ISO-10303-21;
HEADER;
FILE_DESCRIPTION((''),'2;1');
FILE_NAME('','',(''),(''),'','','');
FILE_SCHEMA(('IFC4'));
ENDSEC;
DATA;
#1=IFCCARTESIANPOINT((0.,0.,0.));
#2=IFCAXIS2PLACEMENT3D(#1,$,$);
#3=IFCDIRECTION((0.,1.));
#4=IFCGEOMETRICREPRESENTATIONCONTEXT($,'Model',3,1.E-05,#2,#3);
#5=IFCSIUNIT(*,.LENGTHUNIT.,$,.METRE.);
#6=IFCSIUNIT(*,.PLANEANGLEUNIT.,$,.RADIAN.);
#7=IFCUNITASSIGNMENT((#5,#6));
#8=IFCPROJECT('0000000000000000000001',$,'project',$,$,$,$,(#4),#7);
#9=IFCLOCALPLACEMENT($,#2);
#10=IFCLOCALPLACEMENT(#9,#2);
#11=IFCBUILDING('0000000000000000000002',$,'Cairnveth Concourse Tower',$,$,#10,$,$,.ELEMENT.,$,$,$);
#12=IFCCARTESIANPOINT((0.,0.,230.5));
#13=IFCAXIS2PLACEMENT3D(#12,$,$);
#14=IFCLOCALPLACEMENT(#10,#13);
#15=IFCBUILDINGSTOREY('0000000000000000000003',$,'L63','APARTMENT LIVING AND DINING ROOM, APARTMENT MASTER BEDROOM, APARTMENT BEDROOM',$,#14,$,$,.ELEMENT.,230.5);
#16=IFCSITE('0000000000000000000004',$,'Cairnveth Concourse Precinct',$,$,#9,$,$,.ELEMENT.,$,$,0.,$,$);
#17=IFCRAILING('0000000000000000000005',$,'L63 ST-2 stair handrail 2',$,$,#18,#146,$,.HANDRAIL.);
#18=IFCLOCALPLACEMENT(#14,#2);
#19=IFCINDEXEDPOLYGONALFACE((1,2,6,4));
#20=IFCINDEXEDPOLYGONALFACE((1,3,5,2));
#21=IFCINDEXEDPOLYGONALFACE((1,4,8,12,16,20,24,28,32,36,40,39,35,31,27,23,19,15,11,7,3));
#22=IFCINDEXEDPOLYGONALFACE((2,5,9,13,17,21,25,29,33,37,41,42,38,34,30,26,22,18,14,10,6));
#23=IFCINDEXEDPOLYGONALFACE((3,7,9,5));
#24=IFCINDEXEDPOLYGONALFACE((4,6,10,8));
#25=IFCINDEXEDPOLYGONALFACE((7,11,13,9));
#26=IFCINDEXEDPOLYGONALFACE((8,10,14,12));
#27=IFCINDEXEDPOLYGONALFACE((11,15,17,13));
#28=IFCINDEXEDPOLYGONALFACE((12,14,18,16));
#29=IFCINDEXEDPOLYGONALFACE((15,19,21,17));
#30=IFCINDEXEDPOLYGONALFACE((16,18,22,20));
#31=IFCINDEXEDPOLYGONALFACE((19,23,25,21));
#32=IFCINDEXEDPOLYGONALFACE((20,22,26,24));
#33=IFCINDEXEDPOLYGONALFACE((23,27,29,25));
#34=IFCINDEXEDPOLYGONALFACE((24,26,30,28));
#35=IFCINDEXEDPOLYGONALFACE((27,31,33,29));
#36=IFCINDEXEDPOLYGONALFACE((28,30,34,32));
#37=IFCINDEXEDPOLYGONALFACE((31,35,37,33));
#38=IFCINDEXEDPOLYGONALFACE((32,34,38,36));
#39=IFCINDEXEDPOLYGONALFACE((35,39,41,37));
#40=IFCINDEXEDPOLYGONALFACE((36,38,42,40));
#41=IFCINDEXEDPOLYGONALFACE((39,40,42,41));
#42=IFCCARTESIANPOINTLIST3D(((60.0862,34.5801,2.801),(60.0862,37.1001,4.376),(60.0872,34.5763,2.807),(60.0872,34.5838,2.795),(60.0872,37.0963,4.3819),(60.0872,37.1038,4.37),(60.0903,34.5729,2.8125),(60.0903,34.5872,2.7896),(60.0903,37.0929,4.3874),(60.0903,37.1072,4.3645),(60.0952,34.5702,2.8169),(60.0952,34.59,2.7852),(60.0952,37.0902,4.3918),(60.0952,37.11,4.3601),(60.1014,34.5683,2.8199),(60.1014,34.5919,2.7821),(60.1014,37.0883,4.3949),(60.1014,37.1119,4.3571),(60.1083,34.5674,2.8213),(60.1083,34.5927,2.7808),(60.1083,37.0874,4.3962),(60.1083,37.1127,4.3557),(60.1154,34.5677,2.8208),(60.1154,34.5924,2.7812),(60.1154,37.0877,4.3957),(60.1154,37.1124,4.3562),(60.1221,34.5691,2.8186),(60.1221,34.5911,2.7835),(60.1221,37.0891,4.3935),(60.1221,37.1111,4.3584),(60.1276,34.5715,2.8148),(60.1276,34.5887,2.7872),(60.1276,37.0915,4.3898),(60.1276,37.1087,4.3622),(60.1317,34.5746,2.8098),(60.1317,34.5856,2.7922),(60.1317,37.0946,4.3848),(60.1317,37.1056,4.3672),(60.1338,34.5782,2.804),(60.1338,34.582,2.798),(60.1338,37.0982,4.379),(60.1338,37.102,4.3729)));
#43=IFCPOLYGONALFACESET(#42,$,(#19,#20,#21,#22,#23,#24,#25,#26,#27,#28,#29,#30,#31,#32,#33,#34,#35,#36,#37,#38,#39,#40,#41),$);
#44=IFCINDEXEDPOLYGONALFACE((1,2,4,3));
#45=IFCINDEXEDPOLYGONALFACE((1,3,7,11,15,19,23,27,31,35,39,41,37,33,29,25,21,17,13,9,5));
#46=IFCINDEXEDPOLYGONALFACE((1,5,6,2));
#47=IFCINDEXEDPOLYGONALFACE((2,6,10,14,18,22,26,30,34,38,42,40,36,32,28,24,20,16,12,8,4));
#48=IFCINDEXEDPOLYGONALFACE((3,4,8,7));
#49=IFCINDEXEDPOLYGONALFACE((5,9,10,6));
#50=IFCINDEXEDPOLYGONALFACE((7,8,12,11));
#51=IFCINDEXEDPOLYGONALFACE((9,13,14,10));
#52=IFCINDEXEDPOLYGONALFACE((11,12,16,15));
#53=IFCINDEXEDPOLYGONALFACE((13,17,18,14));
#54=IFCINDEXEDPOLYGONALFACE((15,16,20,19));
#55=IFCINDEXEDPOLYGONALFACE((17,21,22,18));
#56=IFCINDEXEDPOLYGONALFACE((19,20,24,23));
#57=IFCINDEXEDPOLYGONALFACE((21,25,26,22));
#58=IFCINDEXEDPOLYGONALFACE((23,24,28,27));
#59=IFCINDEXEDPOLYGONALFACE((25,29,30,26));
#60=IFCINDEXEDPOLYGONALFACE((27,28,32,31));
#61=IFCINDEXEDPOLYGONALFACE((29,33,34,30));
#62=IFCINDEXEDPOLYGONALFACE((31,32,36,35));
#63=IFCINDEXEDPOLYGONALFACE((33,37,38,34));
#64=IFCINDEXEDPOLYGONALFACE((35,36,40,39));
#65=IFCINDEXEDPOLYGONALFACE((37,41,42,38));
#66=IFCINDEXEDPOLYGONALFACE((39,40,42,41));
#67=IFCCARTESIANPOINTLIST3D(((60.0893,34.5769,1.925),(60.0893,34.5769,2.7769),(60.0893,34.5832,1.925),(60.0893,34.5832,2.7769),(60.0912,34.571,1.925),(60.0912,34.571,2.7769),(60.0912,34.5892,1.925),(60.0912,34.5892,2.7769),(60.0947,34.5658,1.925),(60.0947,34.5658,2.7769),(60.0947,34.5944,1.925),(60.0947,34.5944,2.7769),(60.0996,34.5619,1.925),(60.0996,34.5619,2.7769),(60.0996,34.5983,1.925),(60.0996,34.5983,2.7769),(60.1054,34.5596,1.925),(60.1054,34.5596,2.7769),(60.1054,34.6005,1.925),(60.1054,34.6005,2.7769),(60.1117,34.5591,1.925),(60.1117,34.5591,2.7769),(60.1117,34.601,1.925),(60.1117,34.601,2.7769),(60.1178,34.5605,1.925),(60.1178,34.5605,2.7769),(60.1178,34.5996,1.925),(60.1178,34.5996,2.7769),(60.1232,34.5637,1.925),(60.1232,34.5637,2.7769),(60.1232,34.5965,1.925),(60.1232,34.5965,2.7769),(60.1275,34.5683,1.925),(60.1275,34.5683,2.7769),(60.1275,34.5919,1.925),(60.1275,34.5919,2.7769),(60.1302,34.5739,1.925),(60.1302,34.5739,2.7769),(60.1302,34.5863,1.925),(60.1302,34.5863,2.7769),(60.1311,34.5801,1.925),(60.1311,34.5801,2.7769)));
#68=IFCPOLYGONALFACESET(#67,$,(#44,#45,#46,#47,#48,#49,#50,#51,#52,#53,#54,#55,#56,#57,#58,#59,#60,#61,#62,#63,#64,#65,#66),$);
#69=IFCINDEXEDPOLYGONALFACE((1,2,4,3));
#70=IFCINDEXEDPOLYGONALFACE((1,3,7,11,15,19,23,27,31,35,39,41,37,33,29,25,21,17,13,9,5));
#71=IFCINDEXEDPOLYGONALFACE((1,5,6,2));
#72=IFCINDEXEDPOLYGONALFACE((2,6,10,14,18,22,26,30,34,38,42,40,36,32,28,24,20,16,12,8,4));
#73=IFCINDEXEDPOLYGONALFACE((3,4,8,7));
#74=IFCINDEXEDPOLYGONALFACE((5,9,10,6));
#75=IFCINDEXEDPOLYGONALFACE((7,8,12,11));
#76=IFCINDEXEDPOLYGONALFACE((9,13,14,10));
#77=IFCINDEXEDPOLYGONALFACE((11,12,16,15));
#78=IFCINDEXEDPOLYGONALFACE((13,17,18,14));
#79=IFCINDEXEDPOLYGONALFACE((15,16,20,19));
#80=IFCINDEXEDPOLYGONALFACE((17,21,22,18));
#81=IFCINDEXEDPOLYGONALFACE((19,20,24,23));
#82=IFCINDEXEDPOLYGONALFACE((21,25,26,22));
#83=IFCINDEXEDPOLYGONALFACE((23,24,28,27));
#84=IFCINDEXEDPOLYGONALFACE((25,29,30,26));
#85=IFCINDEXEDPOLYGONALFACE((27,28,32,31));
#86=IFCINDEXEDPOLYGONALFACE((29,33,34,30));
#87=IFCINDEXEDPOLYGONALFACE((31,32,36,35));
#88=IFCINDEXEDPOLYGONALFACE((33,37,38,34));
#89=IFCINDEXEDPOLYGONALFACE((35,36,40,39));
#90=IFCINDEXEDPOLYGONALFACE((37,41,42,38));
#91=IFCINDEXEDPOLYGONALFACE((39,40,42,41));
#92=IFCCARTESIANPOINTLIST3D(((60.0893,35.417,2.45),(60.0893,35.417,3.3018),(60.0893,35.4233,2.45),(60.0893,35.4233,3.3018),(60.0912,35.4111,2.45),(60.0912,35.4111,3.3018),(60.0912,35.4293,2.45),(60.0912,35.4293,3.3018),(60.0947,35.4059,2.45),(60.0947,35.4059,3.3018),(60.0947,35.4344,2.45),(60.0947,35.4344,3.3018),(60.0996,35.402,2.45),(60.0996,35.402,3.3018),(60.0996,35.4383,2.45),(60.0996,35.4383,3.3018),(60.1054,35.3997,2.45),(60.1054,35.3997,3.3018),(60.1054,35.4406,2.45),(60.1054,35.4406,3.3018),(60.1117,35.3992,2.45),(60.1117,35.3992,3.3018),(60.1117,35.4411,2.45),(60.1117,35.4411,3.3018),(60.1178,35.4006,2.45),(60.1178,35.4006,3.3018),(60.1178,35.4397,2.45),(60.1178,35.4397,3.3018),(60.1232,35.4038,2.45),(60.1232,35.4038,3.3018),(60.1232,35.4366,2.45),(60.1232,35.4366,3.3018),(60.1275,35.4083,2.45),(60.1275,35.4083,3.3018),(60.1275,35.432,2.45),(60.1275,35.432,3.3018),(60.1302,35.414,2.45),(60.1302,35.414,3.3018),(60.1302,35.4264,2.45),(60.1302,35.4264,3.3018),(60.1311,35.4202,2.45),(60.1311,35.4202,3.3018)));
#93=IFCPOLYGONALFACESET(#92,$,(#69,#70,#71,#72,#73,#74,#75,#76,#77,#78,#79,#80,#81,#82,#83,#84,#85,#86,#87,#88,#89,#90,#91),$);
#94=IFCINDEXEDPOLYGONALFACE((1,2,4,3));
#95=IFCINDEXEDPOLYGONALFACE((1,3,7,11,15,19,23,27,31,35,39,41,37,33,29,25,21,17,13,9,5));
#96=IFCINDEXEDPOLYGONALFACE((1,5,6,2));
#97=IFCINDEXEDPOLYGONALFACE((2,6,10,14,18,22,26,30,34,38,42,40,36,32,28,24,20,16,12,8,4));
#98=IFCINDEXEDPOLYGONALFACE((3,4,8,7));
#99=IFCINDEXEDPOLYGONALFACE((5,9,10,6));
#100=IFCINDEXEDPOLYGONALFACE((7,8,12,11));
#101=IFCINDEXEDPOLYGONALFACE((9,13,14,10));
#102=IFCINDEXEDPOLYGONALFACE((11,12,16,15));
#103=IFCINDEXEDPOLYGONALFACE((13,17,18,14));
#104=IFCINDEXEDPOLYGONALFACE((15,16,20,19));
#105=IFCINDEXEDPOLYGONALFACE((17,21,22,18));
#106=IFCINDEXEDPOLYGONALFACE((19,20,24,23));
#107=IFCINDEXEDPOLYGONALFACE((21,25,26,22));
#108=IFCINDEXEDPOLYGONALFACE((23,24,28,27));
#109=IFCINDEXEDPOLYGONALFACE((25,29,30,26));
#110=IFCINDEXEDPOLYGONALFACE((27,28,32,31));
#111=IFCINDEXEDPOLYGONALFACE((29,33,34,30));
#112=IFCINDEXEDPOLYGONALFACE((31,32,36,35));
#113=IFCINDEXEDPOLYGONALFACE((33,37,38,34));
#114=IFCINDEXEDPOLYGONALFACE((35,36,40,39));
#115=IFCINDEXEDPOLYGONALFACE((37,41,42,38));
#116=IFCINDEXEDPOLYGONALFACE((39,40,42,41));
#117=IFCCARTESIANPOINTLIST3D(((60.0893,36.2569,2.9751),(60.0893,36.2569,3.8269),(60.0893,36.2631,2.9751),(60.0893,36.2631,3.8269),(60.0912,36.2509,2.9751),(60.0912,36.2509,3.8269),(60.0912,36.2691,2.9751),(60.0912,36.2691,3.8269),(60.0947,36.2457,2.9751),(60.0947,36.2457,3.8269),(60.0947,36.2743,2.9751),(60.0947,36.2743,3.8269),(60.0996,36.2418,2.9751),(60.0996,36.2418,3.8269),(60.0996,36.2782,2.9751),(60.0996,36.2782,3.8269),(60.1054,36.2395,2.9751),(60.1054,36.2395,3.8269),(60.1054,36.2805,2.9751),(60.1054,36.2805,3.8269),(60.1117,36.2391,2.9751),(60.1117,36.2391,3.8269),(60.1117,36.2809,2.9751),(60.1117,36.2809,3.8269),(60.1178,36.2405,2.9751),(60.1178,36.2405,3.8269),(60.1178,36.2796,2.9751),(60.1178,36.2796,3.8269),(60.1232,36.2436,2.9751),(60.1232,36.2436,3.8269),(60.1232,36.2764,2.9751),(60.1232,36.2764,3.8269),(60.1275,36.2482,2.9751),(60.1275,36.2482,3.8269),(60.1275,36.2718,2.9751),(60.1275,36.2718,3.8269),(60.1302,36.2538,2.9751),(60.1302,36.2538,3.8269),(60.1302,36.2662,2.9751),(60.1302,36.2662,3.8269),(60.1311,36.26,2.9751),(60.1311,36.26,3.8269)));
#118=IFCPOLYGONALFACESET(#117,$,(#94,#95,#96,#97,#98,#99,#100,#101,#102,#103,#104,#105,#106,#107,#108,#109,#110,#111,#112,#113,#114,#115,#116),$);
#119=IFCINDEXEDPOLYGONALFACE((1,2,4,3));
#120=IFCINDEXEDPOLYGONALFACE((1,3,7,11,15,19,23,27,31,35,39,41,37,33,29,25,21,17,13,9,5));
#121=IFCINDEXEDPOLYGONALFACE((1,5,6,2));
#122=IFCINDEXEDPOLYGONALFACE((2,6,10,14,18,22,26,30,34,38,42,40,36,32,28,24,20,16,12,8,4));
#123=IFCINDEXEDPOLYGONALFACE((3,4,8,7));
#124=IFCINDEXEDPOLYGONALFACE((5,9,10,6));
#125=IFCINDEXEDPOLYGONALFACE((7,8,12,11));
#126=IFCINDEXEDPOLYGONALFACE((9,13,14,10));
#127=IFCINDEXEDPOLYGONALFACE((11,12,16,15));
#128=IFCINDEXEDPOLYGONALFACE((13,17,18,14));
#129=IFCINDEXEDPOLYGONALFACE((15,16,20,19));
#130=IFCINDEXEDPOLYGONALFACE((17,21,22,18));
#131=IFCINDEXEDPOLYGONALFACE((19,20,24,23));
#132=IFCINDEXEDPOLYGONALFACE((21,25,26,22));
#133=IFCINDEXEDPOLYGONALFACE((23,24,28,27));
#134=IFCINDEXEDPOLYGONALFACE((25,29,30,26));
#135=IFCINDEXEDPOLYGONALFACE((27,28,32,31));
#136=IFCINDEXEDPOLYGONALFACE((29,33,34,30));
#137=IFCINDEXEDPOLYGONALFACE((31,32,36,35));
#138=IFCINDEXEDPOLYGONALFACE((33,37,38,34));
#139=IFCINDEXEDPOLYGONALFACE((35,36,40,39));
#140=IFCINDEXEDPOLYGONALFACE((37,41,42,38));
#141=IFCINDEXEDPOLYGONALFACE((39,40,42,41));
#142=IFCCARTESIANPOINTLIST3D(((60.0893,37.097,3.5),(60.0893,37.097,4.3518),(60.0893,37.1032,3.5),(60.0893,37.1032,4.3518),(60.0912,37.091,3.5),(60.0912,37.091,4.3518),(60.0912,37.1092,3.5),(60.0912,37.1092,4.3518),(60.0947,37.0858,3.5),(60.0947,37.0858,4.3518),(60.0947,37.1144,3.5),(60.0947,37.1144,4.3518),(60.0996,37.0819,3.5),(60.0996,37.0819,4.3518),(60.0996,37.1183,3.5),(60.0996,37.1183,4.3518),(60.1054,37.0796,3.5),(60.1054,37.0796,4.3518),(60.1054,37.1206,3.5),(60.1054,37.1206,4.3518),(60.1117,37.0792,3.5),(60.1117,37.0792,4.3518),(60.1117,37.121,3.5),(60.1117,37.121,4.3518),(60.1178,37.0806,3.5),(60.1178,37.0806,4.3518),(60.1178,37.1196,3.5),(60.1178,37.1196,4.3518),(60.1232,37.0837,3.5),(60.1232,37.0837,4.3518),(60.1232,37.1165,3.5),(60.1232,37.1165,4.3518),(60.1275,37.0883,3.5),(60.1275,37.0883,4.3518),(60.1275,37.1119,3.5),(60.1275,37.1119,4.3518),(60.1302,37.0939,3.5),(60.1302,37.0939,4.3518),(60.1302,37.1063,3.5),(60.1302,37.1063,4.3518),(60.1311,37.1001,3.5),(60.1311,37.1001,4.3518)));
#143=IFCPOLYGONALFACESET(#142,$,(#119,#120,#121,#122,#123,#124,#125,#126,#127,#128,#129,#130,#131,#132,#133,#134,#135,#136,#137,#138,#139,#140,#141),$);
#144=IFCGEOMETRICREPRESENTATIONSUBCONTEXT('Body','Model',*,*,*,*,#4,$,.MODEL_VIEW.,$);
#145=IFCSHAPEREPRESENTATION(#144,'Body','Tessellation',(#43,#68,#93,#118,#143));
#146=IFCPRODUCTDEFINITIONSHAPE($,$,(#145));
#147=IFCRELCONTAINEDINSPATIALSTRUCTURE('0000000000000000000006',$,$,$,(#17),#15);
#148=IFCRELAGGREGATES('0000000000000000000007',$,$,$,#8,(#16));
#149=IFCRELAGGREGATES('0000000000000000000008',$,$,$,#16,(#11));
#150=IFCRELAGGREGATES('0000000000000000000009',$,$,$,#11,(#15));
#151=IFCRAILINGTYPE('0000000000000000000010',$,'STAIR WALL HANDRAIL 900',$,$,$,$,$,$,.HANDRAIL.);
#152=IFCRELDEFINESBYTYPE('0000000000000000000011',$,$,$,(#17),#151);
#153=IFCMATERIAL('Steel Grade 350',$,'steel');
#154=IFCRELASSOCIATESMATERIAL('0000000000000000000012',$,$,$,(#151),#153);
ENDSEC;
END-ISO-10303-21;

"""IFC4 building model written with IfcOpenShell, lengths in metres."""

from ifc_helpers import new_model, si_unit, direction, frame, origin, origin_2d, place, context, subcontext, project, spatial, circle, extrude, material, type_object, element, save


model = new_model("IFC4")

# Units and contexts
model_context = context("Model", 3, precision=1e-05, world=origin(), true_north=direction((0.0, 1.0)))
body_context = subcontext(model_context, "Body", "Model", "MODEL_VIEW")
ifc_project = project(units=[si_unit("LENGTHUNIT", "METRE"), si_unit("PLANEANGLEUNIT", "RADIAN")], contexts=[model_context])

# Site, building, storey
site_placement = place(None, origin())
site = spatial("IfcSite", under=ifc_project, at=site_placement, Name="Cairnveth Concourse Precinct", CompositionType="ELEMENT", RefElevation=0.0)
building_placement = place(site_placement, origin())
building = spatial("IfcBuilding", under=site, at=building_placement, Name="Cairnveth Concourse Tower", CompositionType="ELEMENT")
storey_placement = place(building_placement, frame((0.0, 0.0, 230.5)))
storey = spatial("IfcBuildingStorey", under=building, at=storey_placement, Name="L63", Description="APARTMENT LIVING AND DINING ROOM, APARTMENT MASTER BEDROOM, APARTMENT BEDROOM", CompositionType="ELEMENT", Elevation=230.5)

# Shared definitions
ifc_material_1 = material(Name="Steel Grade 350", Category="steel")

# Railing
railing_type_1 = type_object("IfcRailingType", Name="STAIR WALL HANDRAIL 900", PredefinedType="HANDRAIL", material=ifc_material_1)
railing_1_placement = place(storey_placement, frame((60.1101, 34.5801, 1.925)))
element("IfcRailing", 1, at=railing_1_placement, inside=storey, type_object=railing_type_1, Name="L63 ST-2 stair handrail 2", PredefinedType="HANDRAIL", context=body_context, shape_type="SweptSolid", body=[
    extrude(circle(Radius=0.0239, at=origin_2d()), frame((0.0, 0.0, 0.876), z_axis=(0.0, 0.848008, 0.529984), x_axis=(-1.0, 0.0, 0.0)), (0.0, 0.0, 1.0), 2.9717),
    extrude(circle(Radius=0.021, at=origin_2d()), origin(), (0.0, 0.0, 1.0), 0.8518),
    extrude(circle(Radius=0.021, at=origin_2d()), frame((0.0, 0.8401, 0.5249)), (0.0, 0.0, 1.0), 0.8518),
    extrude(circle(Radius=0.021, at=origin_2d()), frame((0.0, 1.6799, 1.05)), (0.0, 0.0, 1.0), 0.8518),
    extrude(circle(Radius=0.021, at=origin_2d()), frame((0.0, 2.52, 1.575)), (0.0, 0.0, 1.0), 0.8518),
])

save(model, "model.ifc")
